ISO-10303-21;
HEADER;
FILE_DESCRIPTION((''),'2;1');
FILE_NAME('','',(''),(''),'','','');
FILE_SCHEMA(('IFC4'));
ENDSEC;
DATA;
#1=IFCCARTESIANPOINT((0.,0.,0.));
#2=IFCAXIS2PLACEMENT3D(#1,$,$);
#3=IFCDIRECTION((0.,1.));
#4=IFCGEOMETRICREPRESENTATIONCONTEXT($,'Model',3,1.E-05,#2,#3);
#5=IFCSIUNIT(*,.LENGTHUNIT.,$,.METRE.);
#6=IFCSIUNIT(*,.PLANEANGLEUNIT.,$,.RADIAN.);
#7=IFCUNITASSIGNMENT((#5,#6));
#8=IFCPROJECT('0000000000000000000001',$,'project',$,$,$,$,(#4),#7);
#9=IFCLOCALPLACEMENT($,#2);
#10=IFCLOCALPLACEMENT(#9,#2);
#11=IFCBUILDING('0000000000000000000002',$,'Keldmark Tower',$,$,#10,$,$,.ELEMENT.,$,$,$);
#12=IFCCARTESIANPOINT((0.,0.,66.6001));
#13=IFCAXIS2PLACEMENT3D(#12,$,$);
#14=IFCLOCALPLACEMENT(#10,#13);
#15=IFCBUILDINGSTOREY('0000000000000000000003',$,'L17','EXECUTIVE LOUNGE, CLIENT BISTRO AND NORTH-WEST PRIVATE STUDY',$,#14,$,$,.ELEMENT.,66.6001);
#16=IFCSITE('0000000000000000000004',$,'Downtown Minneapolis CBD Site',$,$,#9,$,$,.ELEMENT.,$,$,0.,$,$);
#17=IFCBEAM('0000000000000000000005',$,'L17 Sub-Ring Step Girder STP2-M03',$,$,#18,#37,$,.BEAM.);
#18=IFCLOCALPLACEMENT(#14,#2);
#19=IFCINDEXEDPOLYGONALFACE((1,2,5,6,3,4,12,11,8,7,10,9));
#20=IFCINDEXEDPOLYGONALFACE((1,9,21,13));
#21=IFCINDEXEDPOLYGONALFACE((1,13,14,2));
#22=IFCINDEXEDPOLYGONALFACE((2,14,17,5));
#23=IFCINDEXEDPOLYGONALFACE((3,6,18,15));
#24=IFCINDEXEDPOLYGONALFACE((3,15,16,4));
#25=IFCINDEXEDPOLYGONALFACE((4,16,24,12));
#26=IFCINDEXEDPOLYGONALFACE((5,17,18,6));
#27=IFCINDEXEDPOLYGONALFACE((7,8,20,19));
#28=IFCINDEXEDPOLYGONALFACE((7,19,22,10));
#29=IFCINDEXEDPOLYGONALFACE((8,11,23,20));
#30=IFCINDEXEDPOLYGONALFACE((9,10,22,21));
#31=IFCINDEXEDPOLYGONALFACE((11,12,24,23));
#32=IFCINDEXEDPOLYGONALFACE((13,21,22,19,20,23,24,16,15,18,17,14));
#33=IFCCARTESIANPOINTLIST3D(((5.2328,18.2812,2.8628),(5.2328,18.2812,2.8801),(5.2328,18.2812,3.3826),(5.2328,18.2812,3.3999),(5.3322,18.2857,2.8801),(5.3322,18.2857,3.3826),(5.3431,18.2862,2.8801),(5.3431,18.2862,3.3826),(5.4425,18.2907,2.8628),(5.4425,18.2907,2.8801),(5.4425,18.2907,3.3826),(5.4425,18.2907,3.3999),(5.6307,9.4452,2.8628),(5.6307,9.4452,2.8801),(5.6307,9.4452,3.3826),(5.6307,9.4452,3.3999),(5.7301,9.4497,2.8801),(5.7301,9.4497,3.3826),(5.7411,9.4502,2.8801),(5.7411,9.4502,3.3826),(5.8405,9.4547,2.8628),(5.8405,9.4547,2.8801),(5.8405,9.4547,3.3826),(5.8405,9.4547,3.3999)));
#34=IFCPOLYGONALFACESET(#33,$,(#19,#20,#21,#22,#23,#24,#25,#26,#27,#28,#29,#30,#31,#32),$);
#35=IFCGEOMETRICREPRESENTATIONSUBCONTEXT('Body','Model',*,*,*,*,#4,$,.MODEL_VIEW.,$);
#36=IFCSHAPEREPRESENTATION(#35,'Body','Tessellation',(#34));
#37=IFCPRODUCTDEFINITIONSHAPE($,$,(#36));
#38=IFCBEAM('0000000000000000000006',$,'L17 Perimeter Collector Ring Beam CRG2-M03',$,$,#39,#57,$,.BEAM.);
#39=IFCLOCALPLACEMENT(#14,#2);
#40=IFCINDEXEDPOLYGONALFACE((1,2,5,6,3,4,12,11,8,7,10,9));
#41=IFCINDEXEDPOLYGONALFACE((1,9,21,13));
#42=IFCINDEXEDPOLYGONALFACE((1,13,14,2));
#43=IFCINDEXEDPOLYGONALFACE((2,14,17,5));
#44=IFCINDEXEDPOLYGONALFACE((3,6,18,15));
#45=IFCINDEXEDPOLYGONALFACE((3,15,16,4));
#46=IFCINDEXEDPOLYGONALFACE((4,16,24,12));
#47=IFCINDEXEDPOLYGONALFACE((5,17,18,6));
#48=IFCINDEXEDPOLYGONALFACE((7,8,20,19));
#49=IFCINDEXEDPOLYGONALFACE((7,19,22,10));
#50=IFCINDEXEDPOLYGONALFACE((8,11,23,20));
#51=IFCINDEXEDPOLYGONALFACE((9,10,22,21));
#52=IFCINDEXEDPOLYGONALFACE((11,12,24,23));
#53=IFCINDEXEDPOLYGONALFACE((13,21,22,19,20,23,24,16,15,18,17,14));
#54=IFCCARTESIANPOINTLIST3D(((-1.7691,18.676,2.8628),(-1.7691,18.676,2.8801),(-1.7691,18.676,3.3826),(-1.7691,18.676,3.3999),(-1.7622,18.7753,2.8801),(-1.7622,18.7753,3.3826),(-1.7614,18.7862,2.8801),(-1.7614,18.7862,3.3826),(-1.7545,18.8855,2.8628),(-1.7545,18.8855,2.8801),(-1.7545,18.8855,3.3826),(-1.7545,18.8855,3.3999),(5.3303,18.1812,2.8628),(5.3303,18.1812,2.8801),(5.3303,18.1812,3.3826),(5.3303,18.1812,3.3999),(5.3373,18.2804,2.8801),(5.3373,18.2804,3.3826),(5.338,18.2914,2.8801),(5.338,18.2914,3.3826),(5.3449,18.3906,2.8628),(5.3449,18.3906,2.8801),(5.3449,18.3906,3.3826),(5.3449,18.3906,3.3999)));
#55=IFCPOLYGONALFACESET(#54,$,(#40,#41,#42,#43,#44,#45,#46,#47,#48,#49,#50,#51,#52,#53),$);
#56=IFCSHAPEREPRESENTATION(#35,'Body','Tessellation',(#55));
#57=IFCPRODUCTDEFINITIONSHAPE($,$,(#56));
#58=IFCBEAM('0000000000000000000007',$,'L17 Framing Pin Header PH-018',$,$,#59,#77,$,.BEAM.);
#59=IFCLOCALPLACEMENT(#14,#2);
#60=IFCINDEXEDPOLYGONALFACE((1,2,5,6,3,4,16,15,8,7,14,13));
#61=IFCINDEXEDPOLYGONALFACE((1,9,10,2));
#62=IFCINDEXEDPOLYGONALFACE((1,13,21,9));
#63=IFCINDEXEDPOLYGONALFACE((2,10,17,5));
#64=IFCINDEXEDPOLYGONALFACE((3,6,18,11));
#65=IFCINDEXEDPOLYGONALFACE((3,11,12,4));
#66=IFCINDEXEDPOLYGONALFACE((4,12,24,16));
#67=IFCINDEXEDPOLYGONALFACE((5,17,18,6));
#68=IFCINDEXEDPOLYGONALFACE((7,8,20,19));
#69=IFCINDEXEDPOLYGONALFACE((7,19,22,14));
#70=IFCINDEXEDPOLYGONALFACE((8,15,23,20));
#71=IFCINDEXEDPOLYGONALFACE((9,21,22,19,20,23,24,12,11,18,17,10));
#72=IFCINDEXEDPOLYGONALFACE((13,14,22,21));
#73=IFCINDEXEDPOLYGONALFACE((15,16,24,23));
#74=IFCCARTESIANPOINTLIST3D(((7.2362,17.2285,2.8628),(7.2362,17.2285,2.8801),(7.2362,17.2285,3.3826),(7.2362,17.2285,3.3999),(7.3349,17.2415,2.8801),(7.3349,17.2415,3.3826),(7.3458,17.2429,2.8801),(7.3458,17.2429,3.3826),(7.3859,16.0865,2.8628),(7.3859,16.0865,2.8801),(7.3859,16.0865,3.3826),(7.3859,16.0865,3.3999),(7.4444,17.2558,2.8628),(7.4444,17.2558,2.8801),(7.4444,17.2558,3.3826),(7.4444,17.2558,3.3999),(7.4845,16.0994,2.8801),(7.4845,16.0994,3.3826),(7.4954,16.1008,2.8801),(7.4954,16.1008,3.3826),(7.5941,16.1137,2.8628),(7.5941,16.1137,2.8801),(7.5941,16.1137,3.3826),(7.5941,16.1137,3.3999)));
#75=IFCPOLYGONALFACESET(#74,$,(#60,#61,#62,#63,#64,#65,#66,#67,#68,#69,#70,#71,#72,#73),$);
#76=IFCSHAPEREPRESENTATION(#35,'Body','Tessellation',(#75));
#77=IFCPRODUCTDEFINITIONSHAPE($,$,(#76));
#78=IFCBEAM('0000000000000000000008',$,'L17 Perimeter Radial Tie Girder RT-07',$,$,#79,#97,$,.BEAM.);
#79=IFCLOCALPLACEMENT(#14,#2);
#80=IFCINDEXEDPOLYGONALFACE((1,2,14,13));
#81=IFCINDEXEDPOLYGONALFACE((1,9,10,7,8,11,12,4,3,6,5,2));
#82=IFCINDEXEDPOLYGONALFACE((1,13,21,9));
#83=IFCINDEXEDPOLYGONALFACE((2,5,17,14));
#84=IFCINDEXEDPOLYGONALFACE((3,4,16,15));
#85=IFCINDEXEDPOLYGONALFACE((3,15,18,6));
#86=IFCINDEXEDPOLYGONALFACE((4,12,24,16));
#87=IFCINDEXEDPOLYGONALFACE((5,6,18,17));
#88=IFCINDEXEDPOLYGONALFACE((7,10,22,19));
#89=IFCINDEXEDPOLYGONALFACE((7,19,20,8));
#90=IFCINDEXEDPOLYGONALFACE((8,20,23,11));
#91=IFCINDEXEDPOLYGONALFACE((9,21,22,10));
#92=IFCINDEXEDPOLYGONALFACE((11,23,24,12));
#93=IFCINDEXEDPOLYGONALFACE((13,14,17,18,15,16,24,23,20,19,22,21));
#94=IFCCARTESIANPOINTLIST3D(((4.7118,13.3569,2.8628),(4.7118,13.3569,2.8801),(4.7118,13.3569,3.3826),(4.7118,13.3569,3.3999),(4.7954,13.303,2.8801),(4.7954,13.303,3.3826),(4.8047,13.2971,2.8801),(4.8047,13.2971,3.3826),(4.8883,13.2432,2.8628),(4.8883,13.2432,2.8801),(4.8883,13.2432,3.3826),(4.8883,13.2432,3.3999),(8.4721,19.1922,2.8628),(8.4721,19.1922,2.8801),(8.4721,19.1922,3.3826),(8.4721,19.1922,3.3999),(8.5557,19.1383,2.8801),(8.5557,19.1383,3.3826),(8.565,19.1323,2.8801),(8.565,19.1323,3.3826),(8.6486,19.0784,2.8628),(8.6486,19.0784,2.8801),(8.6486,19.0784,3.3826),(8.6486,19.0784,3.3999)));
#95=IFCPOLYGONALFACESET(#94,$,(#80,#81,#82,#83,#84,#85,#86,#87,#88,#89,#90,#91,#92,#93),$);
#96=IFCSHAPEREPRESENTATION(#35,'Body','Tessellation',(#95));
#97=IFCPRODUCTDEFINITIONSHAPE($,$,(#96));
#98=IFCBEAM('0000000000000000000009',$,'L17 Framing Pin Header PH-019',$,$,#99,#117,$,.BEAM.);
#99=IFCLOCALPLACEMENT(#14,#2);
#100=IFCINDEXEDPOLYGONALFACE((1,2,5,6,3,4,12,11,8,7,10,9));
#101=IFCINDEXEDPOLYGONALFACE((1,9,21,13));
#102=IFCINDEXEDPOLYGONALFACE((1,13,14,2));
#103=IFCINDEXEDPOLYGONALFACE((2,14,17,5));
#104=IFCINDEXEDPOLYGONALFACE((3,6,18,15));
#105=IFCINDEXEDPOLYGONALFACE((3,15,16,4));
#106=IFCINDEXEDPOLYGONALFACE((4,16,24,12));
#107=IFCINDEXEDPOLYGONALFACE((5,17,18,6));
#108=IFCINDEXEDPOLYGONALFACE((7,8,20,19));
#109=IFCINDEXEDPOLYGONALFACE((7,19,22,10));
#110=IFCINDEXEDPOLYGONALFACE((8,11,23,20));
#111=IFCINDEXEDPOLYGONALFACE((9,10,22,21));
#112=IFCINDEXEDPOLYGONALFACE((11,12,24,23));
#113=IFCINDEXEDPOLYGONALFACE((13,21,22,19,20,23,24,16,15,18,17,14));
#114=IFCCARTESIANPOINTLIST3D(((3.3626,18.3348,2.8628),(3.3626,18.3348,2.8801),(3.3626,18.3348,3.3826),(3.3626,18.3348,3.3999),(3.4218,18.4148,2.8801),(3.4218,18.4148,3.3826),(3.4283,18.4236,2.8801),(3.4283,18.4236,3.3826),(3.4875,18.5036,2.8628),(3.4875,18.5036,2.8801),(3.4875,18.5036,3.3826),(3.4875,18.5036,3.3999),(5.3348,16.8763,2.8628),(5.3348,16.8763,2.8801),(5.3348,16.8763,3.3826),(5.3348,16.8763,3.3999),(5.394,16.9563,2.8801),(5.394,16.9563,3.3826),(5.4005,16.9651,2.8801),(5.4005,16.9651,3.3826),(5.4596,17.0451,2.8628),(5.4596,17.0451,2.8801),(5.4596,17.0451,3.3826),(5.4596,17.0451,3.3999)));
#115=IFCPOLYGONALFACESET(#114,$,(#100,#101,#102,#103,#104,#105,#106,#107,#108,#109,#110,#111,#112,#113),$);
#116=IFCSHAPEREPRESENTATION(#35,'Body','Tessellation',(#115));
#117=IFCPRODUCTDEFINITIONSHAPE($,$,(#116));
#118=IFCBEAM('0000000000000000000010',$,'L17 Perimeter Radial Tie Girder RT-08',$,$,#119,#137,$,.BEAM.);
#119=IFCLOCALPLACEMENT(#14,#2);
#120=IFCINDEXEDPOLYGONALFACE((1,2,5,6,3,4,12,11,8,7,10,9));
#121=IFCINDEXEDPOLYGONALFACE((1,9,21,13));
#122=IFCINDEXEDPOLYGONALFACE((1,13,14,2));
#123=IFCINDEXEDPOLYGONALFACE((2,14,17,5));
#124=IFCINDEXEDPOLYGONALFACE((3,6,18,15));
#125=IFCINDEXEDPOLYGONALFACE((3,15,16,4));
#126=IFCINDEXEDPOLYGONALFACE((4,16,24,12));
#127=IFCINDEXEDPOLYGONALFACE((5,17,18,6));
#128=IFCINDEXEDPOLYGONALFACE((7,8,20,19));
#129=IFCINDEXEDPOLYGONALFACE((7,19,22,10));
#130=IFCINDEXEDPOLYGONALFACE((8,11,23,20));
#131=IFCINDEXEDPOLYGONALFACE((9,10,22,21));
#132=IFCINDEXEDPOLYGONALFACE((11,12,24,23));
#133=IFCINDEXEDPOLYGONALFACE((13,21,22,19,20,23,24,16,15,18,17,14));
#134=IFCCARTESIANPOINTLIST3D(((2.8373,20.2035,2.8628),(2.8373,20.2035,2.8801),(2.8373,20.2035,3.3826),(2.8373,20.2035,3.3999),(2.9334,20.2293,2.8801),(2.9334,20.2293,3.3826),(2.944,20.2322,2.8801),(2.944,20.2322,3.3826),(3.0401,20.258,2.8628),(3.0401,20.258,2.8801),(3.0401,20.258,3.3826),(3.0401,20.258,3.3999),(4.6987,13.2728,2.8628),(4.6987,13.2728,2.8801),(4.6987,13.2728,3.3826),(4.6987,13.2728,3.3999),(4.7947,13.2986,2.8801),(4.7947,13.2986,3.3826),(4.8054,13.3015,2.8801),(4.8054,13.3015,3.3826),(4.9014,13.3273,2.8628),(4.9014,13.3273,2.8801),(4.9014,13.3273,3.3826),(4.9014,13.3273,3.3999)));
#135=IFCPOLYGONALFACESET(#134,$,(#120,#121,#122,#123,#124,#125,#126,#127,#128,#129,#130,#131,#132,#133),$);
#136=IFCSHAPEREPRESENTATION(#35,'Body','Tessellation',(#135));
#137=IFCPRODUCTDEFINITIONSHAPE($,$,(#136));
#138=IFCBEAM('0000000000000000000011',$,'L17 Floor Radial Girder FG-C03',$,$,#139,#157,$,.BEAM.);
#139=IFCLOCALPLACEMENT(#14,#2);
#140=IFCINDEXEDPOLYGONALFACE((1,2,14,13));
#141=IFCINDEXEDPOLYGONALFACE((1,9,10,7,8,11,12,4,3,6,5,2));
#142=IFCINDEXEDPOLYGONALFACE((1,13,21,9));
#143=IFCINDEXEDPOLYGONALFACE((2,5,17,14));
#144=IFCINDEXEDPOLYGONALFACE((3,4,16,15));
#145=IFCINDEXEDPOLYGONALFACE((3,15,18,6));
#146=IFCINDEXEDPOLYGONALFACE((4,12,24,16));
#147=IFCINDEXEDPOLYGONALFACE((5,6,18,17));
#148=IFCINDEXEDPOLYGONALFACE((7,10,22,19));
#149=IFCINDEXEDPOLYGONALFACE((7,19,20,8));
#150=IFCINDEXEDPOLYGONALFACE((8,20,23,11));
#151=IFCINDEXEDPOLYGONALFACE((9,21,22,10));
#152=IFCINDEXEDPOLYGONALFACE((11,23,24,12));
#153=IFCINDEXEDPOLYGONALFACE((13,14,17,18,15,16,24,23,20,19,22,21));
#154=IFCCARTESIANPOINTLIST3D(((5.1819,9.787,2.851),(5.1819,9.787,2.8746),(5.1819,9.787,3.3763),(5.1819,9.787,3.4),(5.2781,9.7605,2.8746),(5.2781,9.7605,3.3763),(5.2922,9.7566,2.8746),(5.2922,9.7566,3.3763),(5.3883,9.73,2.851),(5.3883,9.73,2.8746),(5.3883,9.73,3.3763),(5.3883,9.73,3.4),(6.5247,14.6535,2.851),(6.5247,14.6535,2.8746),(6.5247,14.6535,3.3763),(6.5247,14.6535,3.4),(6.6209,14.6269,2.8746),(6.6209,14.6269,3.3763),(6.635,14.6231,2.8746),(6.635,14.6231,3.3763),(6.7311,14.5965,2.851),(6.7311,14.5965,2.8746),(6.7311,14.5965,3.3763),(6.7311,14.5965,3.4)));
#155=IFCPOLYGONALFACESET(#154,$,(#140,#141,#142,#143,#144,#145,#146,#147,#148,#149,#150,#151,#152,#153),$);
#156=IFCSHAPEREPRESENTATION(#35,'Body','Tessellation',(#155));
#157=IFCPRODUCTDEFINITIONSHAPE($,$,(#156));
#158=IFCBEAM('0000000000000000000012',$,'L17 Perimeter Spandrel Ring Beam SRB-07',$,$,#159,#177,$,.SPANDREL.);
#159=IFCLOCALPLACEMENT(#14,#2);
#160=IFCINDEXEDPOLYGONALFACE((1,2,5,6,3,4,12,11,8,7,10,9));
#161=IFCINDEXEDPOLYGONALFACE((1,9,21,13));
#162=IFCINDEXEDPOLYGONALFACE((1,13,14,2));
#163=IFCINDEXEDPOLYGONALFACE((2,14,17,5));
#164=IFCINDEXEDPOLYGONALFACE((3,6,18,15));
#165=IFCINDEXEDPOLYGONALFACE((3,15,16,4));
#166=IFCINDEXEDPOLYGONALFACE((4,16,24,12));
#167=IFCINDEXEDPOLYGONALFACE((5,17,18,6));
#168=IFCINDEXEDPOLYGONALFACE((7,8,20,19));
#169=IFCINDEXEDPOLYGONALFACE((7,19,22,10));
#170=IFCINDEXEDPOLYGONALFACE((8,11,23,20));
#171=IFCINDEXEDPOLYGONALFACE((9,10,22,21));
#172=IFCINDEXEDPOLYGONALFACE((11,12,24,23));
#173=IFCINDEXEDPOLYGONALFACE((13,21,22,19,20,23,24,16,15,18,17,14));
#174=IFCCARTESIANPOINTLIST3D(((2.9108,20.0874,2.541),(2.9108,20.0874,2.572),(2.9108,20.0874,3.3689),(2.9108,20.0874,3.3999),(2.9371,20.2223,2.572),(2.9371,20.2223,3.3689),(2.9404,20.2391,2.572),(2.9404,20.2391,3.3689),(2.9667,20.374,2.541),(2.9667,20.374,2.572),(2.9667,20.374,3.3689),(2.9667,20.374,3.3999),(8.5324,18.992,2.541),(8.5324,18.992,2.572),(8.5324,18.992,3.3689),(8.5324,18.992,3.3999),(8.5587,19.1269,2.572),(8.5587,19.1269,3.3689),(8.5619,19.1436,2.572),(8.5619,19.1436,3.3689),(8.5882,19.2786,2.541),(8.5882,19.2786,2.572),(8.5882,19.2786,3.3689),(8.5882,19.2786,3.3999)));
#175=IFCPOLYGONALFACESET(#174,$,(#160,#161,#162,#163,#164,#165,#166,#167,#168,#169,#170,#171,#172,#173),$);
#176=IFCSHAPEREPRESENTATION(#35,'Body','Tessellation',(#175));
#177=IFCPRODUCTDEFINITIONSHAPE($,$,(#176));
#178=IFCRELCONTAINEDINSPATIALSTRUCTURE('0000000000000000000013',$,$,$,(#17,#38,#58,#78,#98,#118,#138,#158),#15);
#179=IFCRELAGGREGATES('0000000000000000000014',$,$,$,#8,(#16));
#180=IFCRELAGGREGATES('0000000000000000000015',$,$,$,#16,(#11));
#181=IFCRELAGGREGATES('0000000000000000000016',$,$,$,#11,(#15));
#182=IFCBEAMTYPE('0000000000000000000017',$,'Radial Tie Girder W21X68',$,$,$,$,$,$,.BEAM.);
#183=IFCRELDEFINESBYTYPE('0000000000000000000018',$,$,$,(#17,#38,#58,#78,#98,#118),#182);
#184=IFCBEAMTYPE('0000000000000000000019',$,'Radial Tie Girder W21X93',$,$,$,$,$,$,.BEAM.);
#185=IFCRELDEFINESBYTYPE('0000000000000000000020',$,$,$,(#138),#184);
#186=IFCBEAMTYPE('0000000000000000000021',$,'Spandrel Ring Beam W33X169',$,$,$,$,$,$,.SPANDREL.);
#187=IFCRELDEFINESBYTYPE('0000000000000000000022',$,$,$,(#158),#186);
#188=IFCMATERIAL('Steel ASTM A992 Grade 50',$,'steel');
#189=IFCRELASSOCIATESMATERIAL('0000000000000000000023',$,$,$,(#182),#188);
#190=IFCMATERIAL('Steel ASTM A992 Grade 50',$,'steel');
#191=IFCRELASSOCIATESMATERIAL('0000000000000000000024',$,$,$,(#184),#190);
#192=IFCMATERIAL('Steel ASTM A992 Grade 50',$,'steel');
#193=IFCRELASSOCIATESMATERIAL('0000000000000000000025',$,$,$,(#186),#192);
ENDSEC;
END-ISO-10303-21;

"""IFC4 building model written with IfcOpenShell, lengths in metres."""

from ifc_helpers import new_model, si_unit, direction, frame, origin, origin_2d, place, context, subcontext, project, spatial, i_section, extrude, material, material_profile, profile_set, type_object, element, save


model = new_model("IFC4")

# Units and contexts
model_context = context("Model", 3, precision=1e-05, world=origin(), true_north=direction((0.0, 1.0)))
body_context = subcontext(model_context, "Body", "Model", "MODEL_VIEW")
ifc_project = project(units=[si_unit("LENGTHUNIT", "METRE"), si_unit("PLANEANGLEUNIT", "RADIAN")], contexts=[model_context])

# Site, building, storey
site_placement = place(None, origin())
site = spatial("IfcSite", under=ifc_project, at=site_placement, Name="Downtown Minneapolis CBD Site", CompositionType="ELEMENT", RefElevation=0.0)
building_placement = place(site_placement, origin())
building = spatial("IfcBuilding", under=site, at=building_placement, Name="Keldmark Tower", CompositionType="ELEMENT")
storey_placement = place(building_placement, frame((0.0, 0.0, 66.6001)))
storey = spatial("IfcBuildingStorey", under=building, at=storey_placement, Name="L17", Description="EXECUTIVE LOUNGE, CLIENT BISTRO AND NORTH-WEST PRIVATE STUDY", CompositionType="ELEMENT", Elevation=66.6001)

# Beams
ifc_material_1 = material(Name="Steel ASTM A992 Grade 50", Category="steel")
ifc_material_profile_1 = material_profile(ifc_material_1, i_section(OverallWidth=0.21, OverallDepth=0.5371, WebThickness=0.011, FlangeThickness=0.0173, at=origin_2d()), Name="W21X68")
ifc_profile_set_1 = profile_set([ifc_material_profile_1], Name="Steel ASTM A992 Grade 50")
beam_type_1 = type_object("IfcBeamType", Name="Radial Tie Girder W21X68", PredefinedType="BEAM", material=ifc_profile_set_1)
beam_1_placement = place(storey_placement, frame((5.7356, 9.45, 3.1313), z_axis=(-0.044992, 0.998987, 0.0), x_axis=(-0.998987, -0.044992, 0.0)))
element("IfcBeam", 1, at=beam_1_placement, inside=storey, type_object=beam_type_1, Name="L17 Sub-Ring Step Girder STP2-M03", PredefinedType="BEAM", context=body_context, shape_type="SweptSolid", body=[
    extrude(i_section(OverallWidth=0.21, OverallDepth=0.5371, WebThickness=0.011, FlangeThickness=0.0173, at=origin_2d()), origin(), (0.0, 0.0, 1.0), 8.845),
])
beam_2_placement = place(storey_placement, frame((5.3376, 18.2859, 3.1313), z_axis=(-0.997579, 0.069538, 0.0), x_axis=(-0.069538, -0.997579, 0.0)))
element("IfcBeam", 2, at=beam_2_placement, inside=storey, type_object=beam_type_1, Name="L17 Perimeter Collector Ring Beam CRG2-M03", PredefinedType="BEAM", context=body_context, shape_type="SweptSolid", body=[
    extrude(i_section(OverallWidth=0.21, OverallDepth=0.5371, WebThickness=0.011, FlangeThickness=0.0173, at=origin_2d()), origin(), (0.0, 0.0, 1.0), 7.1167),
])
beam_3_placement = place(storey_placement, frame((7.49, 16.1001, 3.1313), z_axis=(-0.129928, 0.991523, 0.0), x_axis=(-0.991523, -0.129928, 0.0)))
element("IfcBeam", 3, at=beam_3_placement, inside=storey, type_object=beam_type_1, Name="L17 Framing Pin Header PH-018", PredefinedType="BEAM", context=body_context, shape_type="SweptSolid", body=[
    extrude(i_section(OverallWidth=0.21, OverallDepth=0.5371, WebThickness=0.011, FlangeThickness=0.0173, at=origin_2d()), origin(), (0.0, 0.0, 1.0), 1.1519),
])
beam_4_placement = place(storey_placement, frame((4.8, 13.3, 3.1313), z_axis=(0.54168, 0.840585, 0.0), x_axis=(-0.840585, 0.54168, 0.0)))
element("IfcBeam", 4, at=beam_4_placement, inside=storey, type_object=beam_type_1, Name="L17 Perimeter Radial Tie Girder RT-07", PredefinedType="BEAM", context=body_context, shape_type="SweptSolid", body=[
    extrude(i_section(OverallWidth=0.21, OverallDepth=0.5371, WebThickness=0.011, FlangeThickness=0.0173, at=origin_2d()), origin(), (0.0, 0.0, 1.0), 6.9419),
])
beam_5_placement = place(storey_placement, frame((5.3972, 16.9607, 3.1313), z_axis=(-0.804019, 0.594604, 0.0), x_axis=(-0.594604, -0.804019, 0.0)))
element("IfcBeam", 5, at=beam_5_placement, inside=storey, type_object=beam_type_1, Name="L17 Framing Pin Header PH-019", PredefinedType="BEAM", context=body_context, shape_type="SweptSolid", body=[
    extrude(i_section(OverallWidth=0.21, OverallDepth=0.5371, WebThickness=0.011, FlangeThickness=0.0173, at=origin_2d()), origin(), (0.0, 0.0, 1.0), 2.4529),
])
beam_6_placement = place(storey_placement, frame((4.8, 13.3, 3.1313), z_axis=(-0.259373, 0.965777, 0.0), x_axis=(-0.965777, -0.259373, 0.0)))
element("IfcBeam", 6, at=beam_6_placement, inside=storey, type_object=beam_type_1, Name="L17 Perimeter Radial Tie Girder RT-08", PredefinedType="BEAM", context=body_context, shape_type="SweptSolid", body=[
    extrude(i_section(OverallWidth=0.21, OverallDepth=0.5371, WebThickness=0.011, FlangeThickness=0.0173, at=origin_2d()), origin(), (0.0, 0.0, 1.0), 7.1763),
])
ifc_material_2 = material(Name="Steel ASTM A992 Grade 50", Category="steel")
ifc_material_profile_2 = material_profile(ifc_material_2, i_section(OverallWidth=0.2141, OverallDepth=0.5491, WebThickness=0.0146, FlangeThickness=0.0237, at=origin_2d()), Name="W21X93")
ifc_profile_set_2 = profile_set([ifc_material_profile_2], Name="Steel ASTM A992 Grade 50")
beam_type_2 = type_object("IfcBeamType", Name="Radial Tie Girder W21X93", PredefinedType="BEAM", material=ifc_profile_set_2)
beam_7_placement = place(storey_placement, frame((6.6279, 14.625, 3.1255), z_axis=(-0.265985, -0.963977, 0.0), x_axis=(0.963977, -0.265985, 0.0)))
element("IfcBeam", 7, at=beam_7_placement, inside=storey, type_object=beam_type_2, Name="L17 Floor Radial Girder FG-C03", PredefinedType="BEAM", context=body_context, shape_type="SweptSolid", body=[
    extrude(i_section(OverallWidth=0.2141, OverallDepth=0.5491, WebThickness=0.0146, FlangeThickness=0.0237, at=origin_2d()), origin(), (0.0, 0.0, 1.0), 5.0483),
])
ifc_material_3 = material(Name="Steel ASTM A992 Grade 50", Category="steel")
ifc_material_profile_3 = material_profile(ifc_material_3, i_section(OverallWidth=0.292, OverallDepth=0.8589, WebThickness=0.0171, FlangeThickness=0.031, at=origin_2d()), Name="W33X169")
ifc_profile_set_3 = profile_set([ifc_material_profile_3], Name="Steel ASTM A992 Grade 50")
beam_type_3 = type_object("IfcBeamType", Name="Spandrel Ring Beam W33X169", PredefinedType="SPANDREL", material=ifc_profile_set_3)
beam_8_placement = place(storey_placement, frame((8.5603, 19.1353, 2.9705), z_axis=(-0.981538, 0.191269, 0.0), x_axis=(-0.191269, -0.981538, 0.0)))
element("IfcBeam", 8, at=beam_8_placement, inside=storey, type_object=beam_type_3, Name="L17 Perimeter Spandrel Ring Beam SRB-07", PredefinedType="SPANDREL", context=body_context, shape_type="SweptSolid", body=[
    extrude(i_section(OverallWidth=0.292, OverallDepth=0.8589, WebThickness=0.0171, FlangeThickness=0.031, at=origin_2d()), origin(), (0.0, 0.0, 1.0), 5.7273),
])

save(model, "model.ifc")
